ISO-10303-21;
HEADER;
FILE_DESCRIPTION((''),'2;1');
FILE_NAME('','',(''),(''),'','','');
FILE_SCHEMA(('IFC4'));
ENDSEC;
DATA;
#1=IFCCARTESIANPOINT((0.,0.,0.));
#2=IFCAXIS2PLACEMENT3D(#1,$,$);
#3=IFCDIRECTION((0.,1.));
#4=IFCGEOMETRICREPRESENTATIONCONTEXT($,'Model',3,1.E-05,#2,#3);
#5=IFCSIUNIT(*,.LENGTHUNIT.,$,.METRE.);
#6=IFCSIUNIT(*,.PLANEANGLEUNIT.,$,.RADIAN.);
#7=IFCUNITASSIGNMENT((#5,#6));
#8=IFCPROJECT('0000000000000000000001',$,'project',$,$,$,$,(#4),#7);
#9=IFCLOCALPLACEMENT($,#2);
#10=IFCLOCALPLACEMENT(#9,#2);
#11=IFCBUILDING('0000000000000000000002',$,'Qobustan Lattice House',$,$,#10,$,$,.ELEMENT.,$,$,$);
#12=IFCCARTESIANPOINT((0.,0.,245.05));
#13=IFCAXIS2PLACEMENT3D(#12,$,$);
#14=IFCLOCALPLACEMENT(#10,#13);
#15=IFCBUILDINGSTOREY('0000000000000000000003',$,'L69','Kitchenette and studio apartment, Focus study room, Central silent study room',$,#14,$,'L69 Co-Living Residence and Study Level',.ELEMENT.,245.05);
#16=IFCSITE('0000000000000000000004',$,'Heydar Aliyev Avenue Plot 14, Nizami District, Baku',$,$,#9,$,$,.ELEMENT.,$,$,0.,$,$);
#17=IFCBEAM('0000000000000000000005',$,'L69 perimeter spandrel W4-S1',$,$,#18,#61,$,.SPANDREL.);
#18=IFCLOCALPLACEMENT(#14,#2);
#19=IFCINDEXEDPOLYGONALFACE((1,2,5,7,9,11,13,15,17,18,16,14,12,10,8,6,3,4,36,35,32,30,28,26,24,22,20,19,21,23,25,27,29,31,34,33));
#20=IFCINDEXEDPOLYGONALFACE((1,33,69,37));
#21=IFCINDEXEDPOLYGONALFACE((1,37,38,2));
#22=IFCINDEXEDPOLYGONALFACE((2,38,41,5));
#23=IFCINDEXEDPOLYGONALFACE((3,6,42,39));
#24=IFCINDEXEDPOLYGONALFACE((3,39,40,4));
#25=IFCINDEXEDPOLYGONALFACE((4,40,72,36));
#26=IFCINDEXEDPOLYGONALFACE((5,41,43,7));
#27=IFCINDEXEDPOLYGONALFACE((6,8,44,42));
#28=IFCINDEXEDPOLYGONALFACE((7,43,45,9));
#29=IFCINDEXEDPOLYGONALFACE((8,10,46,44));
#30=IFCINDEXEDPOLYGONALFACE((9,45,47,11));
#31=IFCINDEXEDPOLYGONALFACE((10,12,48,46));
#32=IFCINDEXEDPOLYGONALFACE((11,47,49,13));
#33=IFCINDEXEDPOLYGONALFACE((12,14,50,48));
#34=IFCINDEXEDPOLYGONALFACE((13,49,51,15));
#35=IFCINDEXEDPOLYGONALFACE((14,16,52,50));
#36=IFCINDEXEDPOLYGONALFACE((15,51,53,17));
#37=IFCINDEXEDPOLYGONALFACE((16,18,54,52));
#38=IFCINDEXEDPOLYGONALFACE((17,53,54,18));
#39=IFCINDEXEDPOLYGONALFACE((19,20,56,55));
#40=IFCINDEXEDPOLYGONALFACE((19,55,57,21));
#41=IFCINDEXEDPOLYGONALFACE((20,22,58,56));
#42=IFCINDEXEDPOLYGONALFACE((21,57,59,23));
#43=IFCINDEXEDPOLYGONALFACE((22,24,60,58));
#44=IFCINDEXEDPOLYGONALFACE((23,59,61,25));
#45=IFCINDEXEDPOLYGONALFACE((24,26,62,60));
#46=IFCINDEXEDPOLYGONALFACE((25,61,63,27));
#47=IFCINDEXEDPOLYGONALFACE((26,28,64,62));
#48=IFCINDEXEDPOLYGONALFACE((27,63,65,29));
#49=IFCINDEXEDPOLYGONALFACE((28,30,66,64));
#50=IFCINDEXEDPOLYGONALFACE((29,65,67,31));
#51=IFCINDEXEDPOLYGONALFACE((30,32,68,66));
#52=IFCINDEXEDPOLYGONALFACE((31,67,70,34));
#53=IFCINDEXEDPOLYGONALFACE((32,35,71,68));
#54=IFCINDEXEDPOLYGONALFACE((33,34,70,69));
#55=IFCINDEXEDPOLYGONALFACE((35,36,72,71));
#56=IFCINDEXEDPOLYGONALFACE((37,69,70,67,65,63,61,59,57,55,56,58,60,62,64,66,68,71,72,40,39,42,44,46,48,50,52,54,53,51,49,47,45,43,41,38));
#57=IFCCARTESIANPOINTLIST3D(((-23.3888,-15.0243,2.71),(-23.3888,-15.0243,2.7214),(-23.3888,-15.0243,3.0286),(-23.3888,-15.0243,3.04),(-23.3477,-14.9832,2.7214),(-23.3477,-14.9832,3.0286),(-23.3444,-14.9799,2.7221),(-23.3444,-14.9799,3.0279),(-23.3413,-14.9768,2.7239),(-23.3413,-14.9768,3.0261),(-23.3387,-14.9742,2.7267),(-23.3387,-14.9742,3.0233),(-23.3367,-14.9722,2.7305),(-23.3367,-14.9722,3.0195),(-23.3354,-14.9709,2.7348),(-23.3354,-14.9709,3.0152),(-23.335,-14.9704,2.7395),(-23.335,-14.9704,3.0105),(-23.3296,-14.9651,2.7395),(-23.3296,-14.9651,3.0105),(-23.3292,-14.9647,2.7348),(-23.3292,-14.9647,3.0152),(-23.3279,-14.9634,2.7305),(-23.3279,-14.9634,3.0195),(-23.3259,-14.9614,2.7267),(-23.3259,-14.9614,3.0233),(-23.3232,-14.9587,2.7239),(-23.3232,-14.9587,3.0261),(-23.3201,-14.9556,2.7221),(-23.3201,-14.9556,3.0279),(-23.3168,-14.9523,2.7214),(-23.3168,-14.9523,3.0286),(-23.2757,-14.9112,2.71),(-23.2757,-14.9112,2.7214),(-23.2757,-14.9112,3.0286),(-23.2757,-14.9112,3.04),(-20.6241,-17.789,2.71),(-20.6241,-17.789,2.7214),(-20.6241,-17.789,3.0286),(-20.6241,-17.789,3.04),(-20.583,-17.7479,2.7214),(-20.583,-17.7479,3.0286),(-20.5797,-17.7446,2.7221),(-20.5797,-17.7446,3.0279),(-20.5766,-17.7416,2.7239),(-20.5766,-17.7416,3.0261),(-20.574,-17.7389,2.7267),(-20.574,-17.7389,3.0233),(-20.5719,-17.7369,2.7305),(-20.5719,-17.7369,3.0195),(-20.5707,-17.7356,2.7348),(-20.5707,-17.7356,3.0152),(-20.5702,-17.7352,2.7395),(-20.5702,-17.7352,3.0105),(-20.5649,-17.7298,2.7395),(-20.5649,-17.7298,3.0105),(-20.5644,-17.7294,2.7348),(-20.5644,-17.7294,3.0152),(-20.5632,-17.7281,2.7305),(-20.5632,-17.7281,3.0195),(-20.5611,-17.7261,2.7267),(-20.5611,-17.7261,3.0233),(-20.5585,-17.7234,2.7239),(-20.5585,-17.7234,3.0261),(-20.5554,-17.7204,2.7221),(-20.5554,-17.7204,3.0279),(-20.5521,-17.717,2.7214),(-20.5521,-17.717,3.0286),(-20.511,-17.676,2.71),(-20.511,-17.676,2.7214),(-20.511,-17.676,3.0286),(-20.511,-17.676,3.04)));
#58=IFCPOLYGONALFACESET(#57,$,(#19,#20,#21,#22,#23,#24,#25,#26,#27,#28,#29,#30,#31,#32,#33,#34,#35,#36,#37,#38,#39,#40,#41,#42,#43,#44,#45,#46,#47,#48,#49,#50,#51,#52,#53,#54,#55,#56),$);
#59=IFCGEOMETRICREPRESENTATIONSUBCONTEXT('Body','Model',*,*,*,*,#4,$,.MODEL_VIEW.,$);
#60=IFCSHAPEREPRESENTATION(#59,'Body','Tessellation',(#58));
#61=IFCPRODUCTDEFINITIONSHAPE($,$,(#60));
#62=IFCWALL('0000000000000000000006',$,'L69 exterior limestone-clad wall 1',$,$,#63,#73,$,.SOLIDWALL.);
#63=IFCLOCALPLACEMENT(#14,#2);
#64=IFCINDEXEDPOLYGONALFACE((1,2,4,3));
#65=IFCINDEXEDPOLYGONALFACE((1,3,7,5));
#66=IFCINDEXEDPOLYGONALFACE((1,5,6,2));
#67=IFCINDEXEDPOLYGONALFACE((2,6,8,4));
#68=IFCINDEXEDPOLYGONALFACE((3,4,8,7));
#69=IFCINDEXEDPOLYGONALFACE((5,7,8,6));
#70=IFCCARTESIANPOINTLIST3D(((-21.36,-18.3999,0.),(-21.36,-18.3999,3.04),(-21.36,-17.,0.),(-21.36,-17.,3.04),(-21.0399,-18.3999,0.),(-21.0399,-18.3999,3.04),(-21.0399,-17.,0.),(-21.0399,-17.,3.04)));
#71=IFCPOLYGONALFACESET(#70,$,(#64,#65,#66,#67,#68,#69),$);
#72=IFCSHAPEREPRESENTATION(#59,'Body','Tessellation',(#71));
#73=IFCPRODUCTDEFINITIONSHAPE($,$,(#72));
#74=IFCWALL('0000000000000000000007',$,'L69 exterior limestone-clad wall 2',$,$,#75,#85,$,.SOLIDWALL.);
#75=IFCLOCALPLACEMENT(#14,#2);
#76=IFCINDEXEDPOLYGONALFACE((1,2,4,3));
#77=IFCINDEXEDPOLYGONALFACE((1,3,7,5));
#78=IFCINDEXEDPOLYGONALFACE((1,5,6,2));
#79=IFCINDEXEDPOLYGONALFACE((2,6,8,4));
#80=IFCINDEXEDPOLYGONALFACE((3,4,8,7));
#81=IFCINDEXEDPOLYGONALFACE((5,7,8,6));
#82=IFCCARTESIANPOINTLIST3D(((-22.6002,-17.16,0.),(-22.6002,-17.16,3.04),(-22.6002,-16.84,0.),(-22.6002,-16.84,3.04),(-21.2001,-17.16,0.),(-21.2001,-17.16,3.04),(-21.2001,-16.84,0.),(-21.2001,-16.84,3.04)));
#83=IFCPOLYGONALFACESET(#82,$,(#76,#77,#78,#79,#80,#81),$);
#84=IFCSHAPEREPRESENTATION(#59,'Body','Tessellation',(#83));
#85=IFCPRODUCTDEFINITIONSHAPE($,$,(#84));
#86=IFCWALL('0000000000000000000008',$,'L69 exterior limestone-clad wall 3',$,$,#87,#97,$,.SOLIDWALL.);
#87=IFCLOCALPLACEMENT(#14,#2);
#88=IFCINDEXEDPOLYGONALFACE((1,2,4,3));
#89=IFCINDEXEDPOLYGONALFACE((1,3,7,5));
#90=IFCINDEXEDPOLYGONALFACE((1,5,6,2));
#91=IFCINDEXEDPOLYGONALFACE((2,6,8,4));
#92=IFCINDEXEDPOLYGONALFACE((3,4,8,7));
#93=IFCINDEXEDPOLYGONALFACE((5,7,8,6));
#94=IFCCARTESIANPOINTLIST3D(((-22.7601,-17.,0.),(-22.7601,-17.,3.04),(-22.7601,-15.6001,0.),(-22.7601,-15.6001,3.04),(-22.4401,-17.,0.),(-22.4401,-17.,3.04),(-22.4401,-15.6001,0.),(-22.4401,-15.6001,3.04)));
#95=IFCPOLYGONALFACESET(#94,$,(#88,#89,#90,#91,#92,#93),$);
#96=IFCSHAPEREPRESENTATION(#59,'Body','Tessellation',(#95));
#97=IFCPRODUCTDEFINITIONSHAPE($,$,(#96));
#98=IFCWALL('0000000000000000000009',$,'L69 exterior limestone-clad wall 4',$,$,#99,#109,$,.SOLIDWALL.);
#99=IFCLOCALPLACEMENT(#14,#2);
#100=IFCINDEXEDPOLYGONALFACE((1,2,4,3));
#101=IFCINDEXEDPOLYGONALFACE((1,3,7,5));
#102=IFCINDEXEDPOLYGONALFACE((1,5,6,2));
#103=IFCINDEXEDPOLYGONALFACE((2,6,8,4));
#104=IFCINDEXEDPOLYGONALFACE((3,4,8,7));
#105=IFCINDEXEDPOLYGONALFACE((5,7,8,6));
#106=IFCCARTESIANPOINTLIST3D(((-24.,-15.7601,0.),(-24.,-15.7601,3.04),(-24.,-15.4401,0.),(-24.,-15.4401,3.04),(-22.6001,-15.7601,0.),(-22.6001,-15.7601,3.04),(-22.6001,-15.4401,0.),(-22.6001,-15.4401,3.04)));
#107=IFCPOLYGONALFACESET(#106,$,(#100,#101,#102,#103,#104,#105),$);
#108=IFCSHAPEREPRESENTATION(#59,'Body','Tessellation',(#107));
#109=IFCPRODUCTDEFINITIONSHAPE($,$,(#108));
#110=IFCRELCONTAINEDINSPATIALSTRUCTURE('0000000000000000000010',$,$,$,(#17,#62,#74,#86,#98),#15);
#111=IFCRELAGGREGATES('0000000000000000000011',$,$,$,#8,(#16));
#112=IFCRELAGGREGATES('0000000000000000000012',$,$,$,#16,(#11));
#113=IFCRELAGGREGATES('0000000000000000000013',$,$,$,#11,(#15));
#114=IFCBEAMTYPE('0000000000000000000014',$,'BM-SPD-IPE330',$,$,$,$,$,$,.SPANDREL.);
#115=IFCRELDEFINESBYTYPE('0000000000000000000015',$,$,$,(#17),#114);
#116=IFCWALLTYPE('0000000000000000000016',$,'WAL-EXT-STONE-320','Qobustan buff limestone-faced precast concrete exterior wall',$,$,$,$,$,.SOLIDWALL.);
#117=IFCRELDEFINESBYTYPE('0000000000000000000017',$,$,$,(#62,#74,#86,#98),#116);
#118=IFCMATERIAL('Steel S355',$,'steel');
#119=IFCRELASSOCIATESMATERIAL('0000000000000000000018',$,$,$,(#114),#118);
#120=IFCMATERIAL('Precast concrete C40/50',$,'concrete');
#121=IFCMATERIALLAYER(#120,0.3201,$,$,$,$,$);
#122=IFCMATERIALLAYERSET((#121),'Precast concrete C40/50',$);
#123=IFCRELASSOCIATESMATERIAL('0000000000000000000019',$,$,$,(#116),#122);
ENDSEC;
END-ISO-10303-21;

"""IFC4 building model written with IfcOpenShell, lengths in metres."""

from ifc_helpers import new_model, si_unit, direction, frame, frame_2d, origin, origin_2d, place, context, subcontext, project, spatial, rectangle, i_section, extrude, material, layer, layer_set, material_profile, profile_set, type_object, element, save


model = new_model("IFC4")

# Units and contexts
model_context = context("Model", 3, precision=1e-05, world=origin(), true_north=direction((0.0, 1.0)))
body_context = subcontext(model_context, "Body", "Model", "MODEL_VIEW")
ifc_project = project(units=[si_unit("LENGTHUNIT", "METRE"), si_unit("PLANEANGLEUNIT", "RADIAN")], contexts=[model_context])

# Site, building, storey
site_placement = place(None, origin())
site = spatial("IfcSite", under=ifc_project, at=site_placement, Name="Heydar Aliyev Avenue Plot 14, Nizami District, Baku", CompositionType="ELEMENT", RefElevation=0.0)
building_placement = place(site_placement, origin())
building = spatial("IfcBuilding", under=site, at=building_placement, Name="Qobustan Lattice House", CompositionType="ELEMENT")
storey_placement = place(building_placement, frame((0.0, 0.0, 245.05)))
storey = spatial("IfcBuildingStorey", under=building, at=storey_placement, Name="L69", Description="Kitchenette and studio apartment, Focus study room, Central silent study room", LongName="L69 Co-Living Residence and Study Level", CompositionType="ELEMENT", Elevation=245.05)

# Beam
ifc_material_1 = material(Name="Steel S355", Category="steel")
ifc_material_profile_1 = material_profile(ifc_material_1, i_section(OverallWidth=0.1599, OverallDepth=0.3301, WebThickness=0.0076, FlangeThickness=0.0115, FilletRadius=0.0181, at=origin_2d()), Name="IPE330")
ifc_profile_set_1 = profile_set([ifc_material_profile_1], Name="Steel S355")
beam_type_1 = type_object("IfcBeamType", Name="BM-SPD-IPE330", PredefinedType="SPANDREL", material=ifc_profile_set_1)
beam_1_placement = place(storey_placement, frame((-23.3323, -14.9678, 2.875), z_axis=(0.707107, -0.707107, 0.0), x_axis=(0.707107, 0.707107, 0.0)))
element("IfcBeam", 1, at=beam_1_placement, inside=storey, type_object=beam_type_1, Name="L69 perimeter spandrel W4-S1", PredefinedType="SPANDREL", context=body_context, shape_type="SweptSolid", body=[
    extrude(i_section(OverallWidth=0.1599, OverallDepth=0.3301, WebThickness=0.0076, FlangeThickness=0.0115, FilletRadius=0.0181, at=origin_2d()), origin(), (0.0, 0.0, 1.0), 3.9099),
])

# Walls
ifc_material_2 = material(Name="Precast concrete C40/50", Category="concrete")
ifc_layer = layer(ifc_material_2, 0.3201)
ifc_layer_set = layer_set([ifc_layer], Name="Precast concrete C40/50")
wall_type = type_object("IfcWallType", Name="WAL-EXT-STONE-320", Description="Qobustan buff limestone-faced precast concrete exterior wall", PredefinedType="SOLIDWALL", material=ifc_layer_set)
wall_1_placement = place(storey_placement, frame((-21.2, -18.3999, 0.0), z_axis=(0.0, 0.0, 1.0), x_axis=(0.0, 1.0, 0.0)))
element("IfcWall", 2, at=wall_1_placement, inside=storey, type_object=wall_type, Name="L69 exterior limestone-clad wall 1", PredefinedType="SOLIDWALL", context=body_context, shape_type="SweptSolid", body=[
    extrude(rectangle(XDim=1.3999, YDim=0.3201, at=frame_2d((0.7, 0.0))), origin(), (0.0, 0.0, 1.0), 3.04),
])
wall_2_placement = place(storey_placement, frame((-21.2, -17.0, 0.0), z_axis=(0.0, 0.0, 1.0), x_axis=(-1.0, 0.0, 0.0)))
element("IfcWall", 3, at=wall_2_placement, inside=storey, type_object=wall_type, Name="L69 exterior limestone-clad wall 2", PredefinedType="SOLIDWALL", context=body_context, shape_type="SweptSolid", body=[
    extrude(rectangle(XDim=1.4001, YDim=0.3201, at=frame_2d((0.7002, 0.0))), origin(), (0.0, 0.0, 1.0), 3.04),
])
for number, where, z_axis, x_axis, name in (
    (4, (-22.6001, -17.0, 0.0), (0.0, 0.0, 1.0), (0.0, 1.0, 0.0), "L69 exterior limestone-clad wall 3"),
    (5, (-22.6001, -15.6001, 0.0), (0.0, 0.0, 1.0), (-1.0, 0.0, 0.0), "L69 exterior limestone-clad wall 4"),
):
    element("IfcWall", number, at=place(storey_placement, frame(where, z_axis=z_axis, x_axis=x_axis)), inside=storey, type_object=wall_type, Name=name, PredefinedType="SOLIDWALL", context=body_context, shape_type="SweptSolid", body=[
        extrude(rectangle(XDim=1.3999, YDim=0.3201, at=frame_2d((0.7, 0.0))), origin(), (0.0, 0.0, 1.0), 3.04),
    ])

save(model, "model.ifc")
